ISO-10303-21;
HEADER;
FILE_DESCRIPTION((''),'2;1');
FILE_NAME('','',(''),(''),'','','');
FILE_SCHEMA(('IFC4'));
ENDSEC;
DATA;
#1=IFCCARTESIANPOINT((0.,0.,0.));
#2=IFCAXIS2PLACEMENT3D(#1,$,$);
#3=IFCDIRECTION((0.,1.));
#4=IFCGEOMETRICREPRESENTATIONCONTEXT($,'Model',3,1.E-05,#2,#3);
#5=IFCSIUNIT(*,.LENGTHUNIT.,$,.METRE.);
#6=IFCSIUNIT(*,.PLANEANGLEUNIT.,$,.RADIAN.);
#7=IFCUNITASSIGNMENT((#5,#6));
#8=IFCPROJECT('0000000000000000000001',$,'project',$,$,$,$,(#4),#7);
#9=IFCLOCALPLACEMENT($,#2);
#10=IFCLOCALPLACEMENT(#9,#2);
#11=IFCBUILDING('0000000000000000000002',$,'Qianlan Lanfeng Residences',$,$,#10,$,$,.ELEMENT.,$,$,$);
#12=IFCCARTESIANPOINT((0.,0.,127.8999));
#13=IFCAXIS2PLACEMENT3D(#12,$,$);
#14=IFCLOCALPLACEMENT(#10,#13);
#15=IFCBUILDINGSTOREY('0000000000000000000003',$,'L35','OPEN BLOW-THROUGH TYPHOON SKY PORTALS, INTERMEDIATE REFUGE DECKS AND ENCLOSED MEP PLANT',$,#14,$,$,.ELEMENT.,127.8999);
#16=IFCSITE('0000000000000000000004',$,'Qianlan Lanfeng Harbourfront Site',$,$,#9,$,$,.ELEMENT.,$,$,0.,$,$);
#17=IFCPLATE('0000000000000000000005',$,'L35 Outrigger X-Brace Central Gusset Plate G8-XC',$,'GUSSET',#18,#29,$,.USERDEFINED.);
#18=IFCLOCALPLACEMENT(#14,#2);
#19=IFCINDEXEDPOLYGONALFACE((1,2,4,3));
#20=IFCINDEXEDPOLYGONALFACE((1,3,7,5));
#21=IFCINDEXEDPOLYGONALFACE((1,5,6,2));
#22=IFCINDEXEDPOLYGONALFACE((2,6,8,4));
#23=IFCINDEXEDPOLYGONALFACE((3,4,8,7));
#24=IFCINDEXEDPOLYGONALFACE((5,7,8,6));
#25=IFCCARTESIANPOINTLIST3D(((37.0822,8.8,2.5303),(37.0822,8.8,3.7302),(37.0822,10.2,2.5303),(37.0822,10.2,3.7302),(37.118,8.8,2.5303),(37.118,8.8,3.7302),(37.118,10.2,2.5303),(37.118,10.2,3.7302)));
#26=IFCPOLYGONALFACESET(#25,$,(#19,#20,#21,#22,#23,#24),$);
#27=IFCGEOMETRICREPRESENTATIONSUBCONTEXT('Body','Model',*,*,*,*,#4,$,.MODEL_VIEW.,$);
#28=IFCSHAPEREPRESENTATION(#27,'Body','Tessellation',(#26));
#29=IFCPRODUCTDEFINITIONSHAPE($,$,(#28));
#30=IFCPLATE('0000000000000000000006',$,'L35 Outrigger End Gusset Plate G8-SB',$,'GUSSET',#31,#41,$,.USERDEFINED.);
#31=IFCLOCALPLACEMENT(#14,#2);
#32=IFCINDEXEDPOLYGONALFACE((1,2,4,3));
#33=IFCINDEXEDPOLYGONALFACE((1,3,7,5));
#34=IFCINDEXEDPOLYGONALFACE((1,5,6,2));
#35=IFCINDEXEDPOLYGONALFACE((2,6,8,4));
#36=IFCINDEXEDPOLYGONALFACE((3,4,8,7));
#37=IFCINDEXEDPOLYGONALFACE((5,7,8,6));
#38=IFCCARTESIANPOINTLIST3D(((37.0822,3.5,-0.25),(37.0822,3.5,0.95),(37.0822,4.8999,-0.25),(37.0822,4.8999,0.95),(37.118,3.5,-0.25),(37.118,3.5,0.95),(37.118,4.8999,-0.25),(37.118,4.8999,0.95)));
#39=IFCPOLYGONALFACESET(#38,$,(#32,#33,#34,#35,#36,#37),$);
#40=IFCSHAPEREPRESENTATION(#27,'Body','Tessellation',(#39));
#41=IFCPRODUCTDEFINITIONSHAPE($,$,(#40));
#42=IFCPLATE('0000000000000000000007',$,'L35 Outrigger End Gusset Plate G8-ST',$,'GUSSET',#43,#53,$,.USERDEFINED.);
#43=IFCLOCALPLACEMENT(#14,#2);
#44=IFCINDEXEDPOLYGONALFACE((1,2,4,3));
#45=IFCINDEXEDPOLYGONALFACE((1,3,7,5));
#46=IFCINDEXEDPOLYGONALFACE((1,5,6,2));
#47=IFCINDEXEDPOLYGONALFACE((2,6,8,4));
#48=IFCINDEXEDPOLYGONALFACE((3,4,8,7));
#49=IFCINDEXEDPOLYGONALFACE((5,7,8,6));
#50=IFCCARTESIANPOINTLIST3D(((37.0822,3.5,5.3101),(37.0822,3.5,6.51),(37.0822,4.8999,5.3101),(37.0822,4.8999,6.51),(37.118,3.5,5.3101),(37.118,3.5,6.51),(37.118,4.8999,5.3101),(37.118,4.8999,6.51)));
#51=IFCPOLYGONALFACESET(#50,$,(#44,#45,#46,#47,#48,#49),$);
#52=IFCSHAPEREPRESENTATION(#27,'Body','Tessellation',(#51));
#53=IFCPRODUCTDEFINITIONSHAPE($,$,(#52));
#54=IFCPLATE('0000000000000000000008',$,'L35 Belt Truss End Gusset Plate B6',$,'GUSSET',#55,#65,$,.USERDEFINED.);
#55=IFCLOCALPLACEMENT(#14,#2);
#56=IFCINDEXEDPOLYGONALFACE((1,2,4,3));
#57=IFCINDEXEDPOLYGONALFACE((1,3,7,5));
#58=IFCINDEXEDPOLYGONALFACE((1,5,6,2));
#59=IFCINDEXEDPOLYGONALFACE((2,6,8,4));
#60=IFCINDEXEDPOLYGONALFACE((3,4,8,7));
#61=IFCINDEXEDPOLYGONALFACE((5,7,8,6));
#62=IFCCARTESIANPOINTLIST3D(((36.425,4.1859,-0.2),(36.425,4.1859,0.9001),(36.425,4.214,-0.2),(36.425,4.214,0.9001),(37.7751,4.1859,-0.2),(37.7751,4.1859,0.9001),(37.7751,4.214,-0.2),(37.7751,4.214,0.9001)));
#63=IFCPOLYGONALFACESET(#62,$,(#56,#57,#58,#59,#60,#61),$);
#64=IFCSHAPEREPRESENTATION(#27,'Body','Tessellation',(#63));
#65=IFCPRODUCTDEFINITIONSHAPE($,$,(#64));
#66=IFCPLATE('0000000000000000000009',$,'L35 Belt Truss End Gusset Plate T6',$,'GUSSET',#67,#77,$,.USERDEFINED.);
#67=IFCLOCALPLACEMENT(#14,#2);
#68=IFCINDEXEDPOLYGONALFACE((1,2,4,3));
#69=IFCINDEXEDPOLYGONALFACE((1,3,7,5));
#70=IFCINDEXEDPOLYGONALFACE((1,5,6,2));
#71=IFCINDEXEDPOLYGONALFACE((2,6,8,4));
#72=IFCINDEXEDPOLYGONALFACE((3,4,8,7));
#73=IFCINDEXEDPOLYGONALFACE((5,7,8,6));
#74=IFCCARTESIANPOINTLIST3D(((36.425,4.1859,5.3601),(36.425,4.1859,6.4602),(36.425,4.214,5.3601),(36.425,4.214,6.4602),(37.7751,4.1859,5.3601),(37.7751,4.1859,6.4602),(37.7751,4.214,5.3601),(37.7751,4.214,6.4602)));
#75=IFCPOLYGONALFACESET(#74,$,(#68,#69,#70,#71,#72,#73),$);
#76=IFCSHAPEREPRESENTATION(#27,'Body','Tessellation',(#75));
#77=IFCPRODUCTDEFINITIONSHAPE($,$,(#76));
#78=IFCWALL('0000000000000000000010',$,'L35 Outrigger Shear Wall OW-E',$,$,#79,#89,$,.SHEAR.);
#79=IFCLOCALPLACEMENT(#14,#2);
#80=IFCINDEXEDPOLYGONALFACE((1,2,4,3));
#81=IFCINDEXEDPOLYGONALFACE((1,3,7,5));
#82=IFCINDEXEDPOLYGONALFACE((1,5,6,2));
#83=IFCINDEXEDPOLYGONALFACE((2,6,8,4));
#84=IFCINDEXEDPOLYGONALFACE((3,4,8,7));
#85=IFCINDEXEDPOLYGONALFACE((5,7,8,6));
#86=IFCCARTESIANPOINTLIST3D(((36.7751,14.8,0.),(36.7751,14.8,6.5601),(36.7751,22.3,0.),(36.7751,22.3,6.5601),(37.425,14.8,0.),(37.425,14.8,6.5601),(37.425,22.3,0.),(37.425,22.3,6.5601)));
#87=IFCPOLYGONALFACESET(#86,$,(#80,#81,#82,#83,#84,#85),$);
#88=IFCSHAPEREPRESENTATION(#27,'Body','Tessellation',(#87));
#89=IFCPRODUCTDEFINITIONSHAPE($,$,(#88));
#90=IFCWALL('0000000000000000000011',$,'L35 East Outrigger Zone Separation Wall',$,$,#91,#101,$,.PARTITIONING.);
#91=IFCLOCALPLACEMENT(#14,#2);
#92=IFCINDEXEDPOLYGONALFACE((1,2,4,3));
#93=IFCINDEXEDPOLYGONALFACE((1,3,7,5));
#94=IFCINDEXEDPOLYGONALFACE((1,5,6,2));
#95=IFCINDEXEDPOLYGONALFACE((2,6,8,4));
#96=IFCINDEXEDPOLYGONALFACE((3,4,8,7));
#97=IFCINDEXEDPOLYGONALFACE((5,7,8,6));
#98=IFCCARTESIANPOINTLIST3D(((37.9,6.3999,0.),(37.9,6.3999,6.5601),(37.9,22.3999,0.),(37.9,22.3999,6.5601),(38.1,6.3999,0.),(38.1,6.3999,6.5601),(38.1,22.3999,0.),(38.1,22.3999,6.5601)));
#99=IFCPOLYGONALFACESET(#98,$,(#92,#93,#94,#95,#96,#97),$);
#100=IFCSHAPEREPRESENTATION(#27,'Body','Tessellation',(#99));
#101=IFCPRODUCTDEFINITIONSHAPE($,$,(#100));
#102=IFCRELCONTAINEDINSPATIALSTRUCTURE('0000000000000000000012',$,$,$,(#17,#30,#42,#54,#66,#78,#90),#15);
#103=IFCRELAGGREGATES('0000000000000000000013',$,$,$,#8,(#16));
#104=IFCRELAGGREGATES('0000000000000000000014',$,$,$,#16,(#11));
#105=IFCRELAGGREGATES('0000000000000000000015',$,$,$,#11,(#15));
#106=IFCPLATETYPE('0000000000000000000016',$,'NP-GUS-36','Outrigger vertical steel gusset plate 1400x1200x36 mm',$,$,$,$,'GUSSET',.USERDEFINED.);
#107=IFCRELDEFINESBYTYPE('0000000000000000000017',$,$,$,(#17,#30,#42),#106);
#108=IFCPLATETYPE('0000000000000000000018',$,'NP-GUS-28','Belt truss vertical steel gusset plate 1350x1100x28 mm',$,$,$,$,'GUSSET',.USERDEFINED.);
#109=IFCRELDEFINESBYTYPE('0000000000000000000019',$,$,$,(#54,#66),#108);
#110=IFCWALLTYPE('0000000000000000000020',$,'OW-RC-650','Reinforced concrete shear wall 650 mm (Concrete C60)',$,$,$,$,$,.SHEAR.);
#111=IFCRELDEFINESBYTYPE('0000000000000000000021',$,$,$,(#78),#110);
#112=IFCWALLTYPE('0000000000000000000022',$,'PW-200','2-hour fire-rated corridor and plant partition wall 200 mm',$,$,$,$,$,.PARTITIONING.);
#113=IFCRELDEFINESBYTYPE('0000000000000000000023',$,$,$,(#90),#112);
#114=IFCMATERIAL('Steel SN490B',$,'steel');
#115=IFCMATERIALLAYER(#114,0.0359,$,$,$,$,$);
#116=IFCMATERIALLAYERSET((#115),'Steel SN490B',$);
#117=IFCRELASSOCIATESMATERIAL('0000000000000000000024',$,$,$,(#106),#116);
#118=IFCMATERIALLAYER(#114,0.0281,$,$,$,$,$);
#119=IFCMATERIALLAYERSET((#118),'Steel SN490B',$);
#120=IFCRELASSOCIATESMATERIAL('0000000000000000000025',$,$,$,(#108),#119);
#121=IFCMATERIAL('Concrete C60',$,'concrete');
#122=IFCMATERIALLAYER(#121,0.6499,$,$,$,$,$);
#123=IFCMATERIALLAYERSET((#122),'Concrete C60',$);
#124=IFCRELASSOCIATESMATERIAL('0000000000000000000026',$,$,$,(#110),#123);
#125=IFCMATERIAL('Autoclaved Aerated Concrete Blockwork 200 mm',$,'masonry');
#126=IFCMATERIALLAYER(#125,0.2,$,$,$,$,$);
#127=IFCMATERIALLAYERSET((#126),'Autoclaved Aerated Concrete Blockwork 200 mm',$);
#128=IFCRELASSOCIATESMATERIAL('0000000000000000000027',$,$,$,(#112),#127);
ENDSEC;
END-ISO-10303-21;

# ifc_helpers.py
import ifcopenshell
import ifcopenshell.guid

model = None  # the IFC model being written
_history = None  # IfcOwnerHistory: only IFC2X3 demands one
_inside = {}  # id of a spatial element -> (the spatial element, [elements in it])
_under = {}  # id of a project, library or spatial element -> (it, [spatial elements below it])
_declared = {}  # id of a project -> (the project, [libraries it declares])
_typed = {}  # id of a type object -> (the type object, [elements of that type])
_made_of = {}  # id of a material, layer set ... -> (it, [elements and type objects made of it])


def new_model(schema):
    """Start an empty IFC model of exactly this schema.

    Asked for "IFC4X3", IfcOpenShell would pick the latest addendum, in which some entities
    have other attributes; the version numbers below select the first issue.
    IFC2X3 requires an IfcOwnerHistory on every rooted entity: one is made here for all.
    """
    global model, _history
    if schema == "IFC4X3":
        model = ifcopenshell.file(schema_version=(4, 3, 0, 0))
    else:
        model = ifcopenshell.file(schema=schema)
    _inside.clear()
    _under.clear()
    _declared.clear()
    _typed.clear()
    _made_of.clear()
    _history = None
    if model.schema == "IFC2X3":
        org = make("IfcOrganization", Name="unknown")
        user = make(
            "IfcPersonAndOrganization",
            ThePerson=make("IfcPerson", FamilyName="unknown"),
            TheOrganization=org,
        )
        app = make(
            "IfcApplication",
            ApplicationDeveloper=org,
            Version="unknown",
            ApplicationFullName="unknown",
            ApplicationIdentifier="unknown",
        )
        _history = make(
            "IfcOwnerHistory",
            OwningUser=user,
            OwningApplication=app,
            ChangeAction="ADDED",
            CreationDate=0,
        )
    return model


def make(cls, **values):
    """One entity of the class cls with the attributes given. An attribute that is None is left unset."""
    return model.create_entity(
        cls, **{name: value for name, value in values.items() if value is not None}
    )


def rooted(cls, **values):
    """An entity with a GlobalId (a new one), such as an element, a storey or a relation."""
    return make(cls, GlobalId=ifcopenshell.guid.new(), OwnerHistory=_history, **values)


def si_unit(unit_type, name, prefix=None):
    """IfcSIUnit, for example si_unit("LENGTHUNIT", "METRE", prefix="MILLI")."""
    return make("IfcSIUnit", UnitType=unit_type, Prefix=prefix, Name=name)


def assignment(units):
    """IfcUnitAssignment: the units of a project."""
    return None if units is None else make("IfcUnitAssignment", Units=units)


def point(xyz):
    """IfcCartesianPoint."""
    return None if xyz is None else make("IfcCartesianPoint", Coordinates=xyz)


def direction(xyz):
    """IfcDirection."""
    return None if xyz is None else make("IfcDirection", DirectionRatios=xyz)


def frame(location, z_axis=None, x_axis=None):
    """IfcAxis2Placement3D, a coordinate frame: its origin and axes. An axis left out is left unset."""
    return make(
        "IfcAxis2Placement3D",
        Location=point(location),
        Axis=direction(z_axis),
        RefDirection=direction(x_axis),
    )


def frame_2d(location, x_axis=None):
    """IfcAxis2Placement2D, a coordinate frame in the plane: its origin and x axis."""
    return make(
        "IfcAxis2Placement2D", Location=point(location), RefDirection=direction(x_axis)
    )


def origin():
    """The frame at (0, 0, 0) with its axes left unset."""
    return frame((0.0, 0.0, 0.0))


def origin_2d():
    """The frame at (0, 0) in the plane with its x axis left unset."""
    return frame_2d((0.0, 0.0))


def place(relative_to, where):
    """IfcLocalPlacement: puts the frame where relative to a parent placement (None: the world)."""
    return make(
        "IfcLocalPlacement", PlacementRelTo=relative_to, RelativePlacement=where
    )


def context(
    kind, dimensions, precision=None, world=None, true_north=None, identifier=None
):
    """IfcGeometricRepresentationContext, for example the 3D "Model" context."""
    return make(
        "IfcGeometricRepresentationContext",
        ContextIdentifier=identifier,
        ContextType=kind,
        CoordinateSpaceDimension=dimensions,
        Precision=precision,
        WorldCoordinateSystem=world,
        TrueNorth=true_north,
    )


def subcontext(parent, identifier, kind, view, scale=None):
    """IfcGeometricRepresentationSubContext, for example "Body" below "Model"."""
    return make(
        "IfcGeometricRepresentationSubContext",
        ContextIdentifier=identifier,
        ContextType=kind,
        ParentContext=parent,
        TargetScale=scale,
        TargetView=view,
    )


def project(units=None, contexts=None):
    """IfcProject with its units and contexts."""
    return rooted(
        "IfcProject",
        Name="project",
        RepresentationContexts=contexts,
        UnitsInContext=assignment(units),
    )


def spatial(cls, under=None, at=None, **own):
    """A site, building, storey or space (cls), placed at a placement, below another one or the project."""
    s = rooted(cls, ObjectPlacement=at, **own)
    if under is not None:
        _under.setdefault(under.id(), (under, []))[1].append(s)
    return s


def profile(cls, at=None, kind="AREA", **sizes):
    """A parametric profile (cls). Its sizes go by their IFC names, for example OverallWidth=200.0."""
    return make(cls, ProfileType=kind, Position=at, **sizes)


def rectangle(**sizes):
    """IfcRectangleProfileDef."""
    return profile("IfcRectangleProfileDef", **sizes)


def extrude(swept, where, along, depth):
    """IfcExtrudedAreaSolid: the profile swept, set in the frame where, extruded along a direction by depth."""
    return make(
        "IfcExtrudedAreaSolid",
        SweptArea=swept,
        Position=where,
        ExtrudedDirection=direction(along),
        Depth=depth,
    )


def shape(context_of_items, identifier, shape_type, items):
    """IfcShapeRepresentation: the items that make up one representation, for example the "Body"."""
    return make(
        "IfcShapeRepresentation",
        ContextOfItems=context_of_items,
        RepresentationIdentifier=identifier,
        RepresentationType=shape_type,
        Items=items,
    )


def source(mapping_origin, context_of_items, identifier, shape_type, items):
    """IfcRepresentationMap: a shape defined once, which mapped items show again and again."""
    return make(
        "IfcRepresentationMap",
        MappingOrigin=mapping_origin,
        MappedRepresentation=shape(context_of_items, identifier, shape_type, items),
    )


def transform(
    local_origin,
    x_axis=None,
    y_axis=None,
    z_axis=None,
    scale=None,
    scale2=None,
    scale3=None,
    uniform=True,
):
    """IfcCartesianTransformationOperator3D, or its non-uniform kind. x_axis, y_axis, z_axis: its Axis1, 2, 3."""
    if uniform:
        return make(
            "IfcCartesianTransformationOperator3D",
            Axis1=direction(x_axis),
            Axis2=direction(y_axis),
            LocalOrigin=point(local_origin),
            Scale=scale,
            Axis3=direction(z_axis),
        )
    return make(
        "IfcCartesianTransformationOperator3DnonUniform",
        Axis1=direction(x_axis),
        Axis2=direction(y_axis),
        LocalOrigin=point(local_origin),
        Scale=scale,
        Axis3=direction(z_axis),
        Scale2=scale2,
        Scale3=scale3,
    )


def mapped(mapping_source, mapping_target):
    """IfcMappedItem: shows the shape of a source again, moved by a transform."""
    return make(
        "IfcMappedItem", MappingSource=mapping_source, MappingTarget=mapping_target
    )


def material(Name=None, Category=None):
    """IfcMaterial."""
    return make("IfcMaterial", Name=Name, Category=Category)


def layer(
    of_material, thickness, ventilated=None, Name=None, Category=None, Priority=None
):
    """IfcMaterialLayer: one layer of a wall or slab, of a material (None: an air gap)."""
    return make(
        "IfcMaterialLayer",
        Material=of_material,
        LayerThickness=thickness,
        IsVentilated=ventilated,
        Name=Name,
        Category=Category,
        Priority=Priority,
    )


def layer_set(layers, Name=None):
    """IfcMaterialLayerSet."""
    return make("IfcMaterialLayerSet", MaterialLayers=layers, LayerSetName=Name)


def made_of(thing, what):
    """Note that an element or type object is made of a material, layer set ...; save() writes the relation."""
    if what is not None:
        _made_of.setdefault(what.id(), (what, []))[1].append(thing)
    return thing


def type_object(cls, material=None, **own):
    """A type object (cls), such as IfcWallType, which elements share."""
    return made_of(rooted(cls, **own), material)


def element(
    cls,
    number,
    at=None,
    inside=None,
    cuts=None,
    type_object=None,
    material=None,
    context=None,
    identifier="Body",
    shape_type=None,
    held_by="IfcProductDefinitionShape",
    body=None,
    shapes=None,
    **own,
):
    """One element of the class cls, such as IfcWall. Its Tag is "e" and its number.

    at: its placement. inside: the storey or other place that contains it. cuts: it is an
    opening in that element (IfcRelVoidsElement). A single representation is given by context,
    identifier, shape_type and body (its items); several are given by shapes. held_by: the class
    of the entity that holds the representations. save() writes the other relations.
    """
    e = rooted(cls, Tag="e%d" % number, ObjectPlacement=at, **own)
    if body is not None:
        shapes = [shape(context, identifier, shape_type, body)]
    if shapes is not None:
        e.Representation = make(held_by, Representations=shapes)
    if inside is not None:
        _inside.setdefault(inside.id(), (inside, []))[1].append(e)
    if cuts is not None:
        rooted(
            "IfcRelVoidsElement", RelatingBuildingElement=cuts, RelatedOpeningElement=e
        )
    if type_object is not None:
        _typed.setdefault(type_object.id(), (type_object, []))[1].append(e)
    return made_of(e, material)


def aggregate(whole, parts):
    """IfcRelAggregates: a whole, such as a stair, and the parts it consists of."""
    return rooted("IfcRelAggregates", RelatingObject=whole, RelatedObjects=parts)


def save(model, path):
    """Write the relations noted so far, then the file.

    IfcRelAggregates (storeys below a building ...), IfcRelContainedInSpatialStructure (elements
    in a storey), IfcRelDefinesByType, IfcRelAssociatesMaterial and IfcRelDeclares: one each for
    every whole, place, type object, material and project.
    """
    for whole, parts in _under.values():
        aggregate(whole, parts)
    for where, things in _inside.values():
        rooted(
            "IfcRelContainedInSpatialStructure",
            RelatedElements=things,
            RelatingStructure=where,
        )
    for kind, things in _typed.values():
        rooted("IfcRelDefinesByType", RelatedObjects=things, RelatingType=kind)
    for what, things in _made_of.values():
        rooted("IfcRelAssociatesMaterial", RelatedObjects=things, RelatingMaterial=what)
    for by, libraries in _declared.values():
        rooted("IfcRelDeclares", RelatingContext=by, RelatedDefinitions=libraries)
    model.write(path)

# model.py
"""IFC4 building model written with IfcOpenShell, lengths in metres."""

from ifc_helpers import new_model, si_unit, direction, frame, frame_2d, origin, origin_2d, place, context, subcontext, project, spatial, rectangle, extrude, source, transform, mapped, material, layer, layer_set, type_object, element, save


model = new_model("IFC4")

# Units and contexts
model_context = context("Model", 3, precision=1e-05, world=origin(), true_north=direction((0.0, 1.0)))
body_context = subcontext(model_context, "Body", "Model", "MODEL_VIEW")
ifc_project = project(units=[si_unit("LENGTHUNIT", "METRE"), si_unit("PLANEANGLEUNIT", "RADIAN")], contexts=[model_context])

# Site, building, storey
site_placement = place(None, origin())
site = spatial("IfcSite", under=ifc_project, at=site_placement, Name="Qianlan Lanfeng Harbourfront Site", CompositionType="ELEMENT", RefElevation=0.0)
building_placement = place(site_placement, origin())
building = spatial("IfcBuilding", under=site, at=building_placement, Name="Qianlan Lanfeng Residences", CompositionType="ELEMENT")
storey_placement = place(building_placement, frame((0.0, 0.0, 127.8999)))
storey = spatial("IfcBuildingStorey", under=building, at=storey_placement, Name="L35", Description="OPEN BLOW-THROUGH TYPHOON SKY PORTALS, INTERMEDIATE REFUGE DECKS AND ENCLOSED MEP PLANT", CompositionType="ELEMENT", Elevation=127.8999)

# Shared definitions
ifc_material_1 = material(Name="Steel SN490B", Category="steel")

# Plates
ifc_layer_1 = layer(ifc_material_1, 0.0359)
ifc_layer_set_1 = layer_set([ifc_layer_1], Name="Steel SN490B")
plate_type_1 = type_object("IfcPlateType", Name="NP-GUS-36", Description="Outrigger vertical steel gusset plate 1400x1200x36 mm", ElementType="GUSSET", PredefinedType="USERDEFINED", material=ifc_layer_set_1)
shared_shape_1 = source(origin(), body_context, "Body", "SweptSolid", [
    extrude(rectangle(XDim=0.0359, YDim=1.3999, at=origin_2d()), origin(), (0.0, 0.0, 1.0), 1.2),
])
for number, where, z_axis, x_axis, name in (
    (1, (37.1001, 9.5, 2.5303), (0.0, 0.0, 1.0), (1.0, 0.0, 0.0), "L35 Outrigger X-Brace Central Gusset Plate G8-XC"),
    (2, (37.1001, 4.2, -0.25), (0.0, 0.0, 1.0), (1.0, 0.0, 0.0), "L35 Outrigger End Gusset Plate G8-SB"),
    (3, (37.1001, 4.2, 5.3101), (0.0, 0.0, 1.0), (1.0, 0.0, 0.0), "L35 Outrigger End Gusset Plate G8-ST"),
):
    element("IfcPlate", number, at=place(storey_placement, frame(where, z_axis=z_axis, x_axis=x_axis)), inside=storey, type_object=plate_type_1, Name=name, ObjectType="GUSSET", PredefinedType="USERDEFINED", context=body_context, shape_type="MappedRepresentation", body=[
        mapped(shared_shape_1, transform((0.0, 0.0, 0.0), scale=1.0)),
    ])
ifc_layer_2 = layer(ifc_material_1, 0.0281)
ifc_layer_set_2 = layer_set([ifc_layer_2], Name="Steel SN490B")
plate_type_2 = type_object("IfcPlateType", Name="NP-GUS-28", Description="Belt truss vertical steel gusset plate 1350x1100x28 mm", ElementType="GUSSET", PredefinedType="USERDEFINED", material=ifc_layer_set_2)
shared_shape_2 = source(origin(), body_context, "Body", "SweptSolid", [
    extrude(rectangle(XDim=1.3501, YDim=0.0281, at=origin_2d()), origin(), (0.0, 0.0, 1.0), 1.1001),
])
for number, where, z_axis, x_axis, name in (
    (4, (37.1001, 4.2, -0.2), (0.0, 0.0, 1.0), (1.0, 0.0, 0.0), "L35 Belt Truss End Gusset Plate B6"),
    (5, (37.1001, 4.2, 5.3601), (0.0, 0.0, 1.0), (1.0, 0.0, 0.0), "L35 Belt Truss End Gusset Plate T6"),
):
    element("IfcPlate", number, at=place(storey_placement, frame(where, z_axis=z_axis, x_axis=x_axis)), inside=storey, type_object=plate_type_2, Name=name, ObjectType="GUSSET", PredefinedType="USERDEFINED", context=body_context, shape_type="MappedRepresentation", body=[
        mapped(shared_shape_2, transform((0.0, 0.0, 0.0), scale=1.0)),
    ])

# Walls
ifc_material_2 = material(Name="Concrete C60", Category="concrete")
ifc_layer_3 = layer(ifc_material_2, 0.6499)
ifc_layer_set_3 = layer_set([ifc_layer_3], Name="Concrete C60")
wall_type_1 = type_object("IfcWallType", Name="OW-RC-650", Description="Reinforced concrete shear wall 650 mm (Concrete C60)", PredefinedType="SHEAR", material=ifc_layer_set_3)
wall_1_placement = place(storey_placement, frame((37.1001, 14.8, 0.0), z_axis=(0.0, 0.0, 1.0), x_axis=(0.0, 1.0, 0.0)))
element("IfcWall", 6, at=wall_1_placement, inside=storey, type_object=wall_type_1, Name="L35 Outrigger Shear Wall OW-E", PredefinedType="SHEAR", context=body_context, shape_type="SweptSolid", body=[
    extrude(rectangle(XDim=7.5, YDim=0.6499, at=frame_2d((3.75, 0.0))), origin(), (0.0, 0.0, 1.0), 6.5601),
])
ifc_material_3 = material(Name="Autoclaved Aerated Concrete Blockwork 200 mm", Category="masonry")
ifc_layer_4 = layer(ifc_material_3, 0.2)
ifc_layer_set_4 = layer_set([ifc_layer_4], Name="Autoclaved Aerated Concrete Blockwork 200 mm")
wall_type_2 = type_object("IfcWallType", Name="PW-200", Description="2-hour fire-rated corridor and plant partition wall 200 mm", PredefinedType="PARTITIONING", material=ifc_layer_set_4)
wall_2_placement = place(storey_placement, frame((38.0, 6.3999, 0.0), z_axis=(0.0, 0.0, 1.0), x_axis=(0.0, 1.0, 0.0)))
element("IfcWall", 7, at=wall_2_placement, inside=storey, type_object=wall_type_2, Name="L35 East Outrigger Zone Separation Wall", PredefinedType="PARTITIONING", context=body_context, shape_type="SweptSolid", body=[
    extrude(rectangle(XDim=16.0, YDim=0.2, at=frame_2d((8.0, 0.0))), origin(), (0.0, 0.0, 1.0), 6.5601),
])

save(model, "model.ifc")
